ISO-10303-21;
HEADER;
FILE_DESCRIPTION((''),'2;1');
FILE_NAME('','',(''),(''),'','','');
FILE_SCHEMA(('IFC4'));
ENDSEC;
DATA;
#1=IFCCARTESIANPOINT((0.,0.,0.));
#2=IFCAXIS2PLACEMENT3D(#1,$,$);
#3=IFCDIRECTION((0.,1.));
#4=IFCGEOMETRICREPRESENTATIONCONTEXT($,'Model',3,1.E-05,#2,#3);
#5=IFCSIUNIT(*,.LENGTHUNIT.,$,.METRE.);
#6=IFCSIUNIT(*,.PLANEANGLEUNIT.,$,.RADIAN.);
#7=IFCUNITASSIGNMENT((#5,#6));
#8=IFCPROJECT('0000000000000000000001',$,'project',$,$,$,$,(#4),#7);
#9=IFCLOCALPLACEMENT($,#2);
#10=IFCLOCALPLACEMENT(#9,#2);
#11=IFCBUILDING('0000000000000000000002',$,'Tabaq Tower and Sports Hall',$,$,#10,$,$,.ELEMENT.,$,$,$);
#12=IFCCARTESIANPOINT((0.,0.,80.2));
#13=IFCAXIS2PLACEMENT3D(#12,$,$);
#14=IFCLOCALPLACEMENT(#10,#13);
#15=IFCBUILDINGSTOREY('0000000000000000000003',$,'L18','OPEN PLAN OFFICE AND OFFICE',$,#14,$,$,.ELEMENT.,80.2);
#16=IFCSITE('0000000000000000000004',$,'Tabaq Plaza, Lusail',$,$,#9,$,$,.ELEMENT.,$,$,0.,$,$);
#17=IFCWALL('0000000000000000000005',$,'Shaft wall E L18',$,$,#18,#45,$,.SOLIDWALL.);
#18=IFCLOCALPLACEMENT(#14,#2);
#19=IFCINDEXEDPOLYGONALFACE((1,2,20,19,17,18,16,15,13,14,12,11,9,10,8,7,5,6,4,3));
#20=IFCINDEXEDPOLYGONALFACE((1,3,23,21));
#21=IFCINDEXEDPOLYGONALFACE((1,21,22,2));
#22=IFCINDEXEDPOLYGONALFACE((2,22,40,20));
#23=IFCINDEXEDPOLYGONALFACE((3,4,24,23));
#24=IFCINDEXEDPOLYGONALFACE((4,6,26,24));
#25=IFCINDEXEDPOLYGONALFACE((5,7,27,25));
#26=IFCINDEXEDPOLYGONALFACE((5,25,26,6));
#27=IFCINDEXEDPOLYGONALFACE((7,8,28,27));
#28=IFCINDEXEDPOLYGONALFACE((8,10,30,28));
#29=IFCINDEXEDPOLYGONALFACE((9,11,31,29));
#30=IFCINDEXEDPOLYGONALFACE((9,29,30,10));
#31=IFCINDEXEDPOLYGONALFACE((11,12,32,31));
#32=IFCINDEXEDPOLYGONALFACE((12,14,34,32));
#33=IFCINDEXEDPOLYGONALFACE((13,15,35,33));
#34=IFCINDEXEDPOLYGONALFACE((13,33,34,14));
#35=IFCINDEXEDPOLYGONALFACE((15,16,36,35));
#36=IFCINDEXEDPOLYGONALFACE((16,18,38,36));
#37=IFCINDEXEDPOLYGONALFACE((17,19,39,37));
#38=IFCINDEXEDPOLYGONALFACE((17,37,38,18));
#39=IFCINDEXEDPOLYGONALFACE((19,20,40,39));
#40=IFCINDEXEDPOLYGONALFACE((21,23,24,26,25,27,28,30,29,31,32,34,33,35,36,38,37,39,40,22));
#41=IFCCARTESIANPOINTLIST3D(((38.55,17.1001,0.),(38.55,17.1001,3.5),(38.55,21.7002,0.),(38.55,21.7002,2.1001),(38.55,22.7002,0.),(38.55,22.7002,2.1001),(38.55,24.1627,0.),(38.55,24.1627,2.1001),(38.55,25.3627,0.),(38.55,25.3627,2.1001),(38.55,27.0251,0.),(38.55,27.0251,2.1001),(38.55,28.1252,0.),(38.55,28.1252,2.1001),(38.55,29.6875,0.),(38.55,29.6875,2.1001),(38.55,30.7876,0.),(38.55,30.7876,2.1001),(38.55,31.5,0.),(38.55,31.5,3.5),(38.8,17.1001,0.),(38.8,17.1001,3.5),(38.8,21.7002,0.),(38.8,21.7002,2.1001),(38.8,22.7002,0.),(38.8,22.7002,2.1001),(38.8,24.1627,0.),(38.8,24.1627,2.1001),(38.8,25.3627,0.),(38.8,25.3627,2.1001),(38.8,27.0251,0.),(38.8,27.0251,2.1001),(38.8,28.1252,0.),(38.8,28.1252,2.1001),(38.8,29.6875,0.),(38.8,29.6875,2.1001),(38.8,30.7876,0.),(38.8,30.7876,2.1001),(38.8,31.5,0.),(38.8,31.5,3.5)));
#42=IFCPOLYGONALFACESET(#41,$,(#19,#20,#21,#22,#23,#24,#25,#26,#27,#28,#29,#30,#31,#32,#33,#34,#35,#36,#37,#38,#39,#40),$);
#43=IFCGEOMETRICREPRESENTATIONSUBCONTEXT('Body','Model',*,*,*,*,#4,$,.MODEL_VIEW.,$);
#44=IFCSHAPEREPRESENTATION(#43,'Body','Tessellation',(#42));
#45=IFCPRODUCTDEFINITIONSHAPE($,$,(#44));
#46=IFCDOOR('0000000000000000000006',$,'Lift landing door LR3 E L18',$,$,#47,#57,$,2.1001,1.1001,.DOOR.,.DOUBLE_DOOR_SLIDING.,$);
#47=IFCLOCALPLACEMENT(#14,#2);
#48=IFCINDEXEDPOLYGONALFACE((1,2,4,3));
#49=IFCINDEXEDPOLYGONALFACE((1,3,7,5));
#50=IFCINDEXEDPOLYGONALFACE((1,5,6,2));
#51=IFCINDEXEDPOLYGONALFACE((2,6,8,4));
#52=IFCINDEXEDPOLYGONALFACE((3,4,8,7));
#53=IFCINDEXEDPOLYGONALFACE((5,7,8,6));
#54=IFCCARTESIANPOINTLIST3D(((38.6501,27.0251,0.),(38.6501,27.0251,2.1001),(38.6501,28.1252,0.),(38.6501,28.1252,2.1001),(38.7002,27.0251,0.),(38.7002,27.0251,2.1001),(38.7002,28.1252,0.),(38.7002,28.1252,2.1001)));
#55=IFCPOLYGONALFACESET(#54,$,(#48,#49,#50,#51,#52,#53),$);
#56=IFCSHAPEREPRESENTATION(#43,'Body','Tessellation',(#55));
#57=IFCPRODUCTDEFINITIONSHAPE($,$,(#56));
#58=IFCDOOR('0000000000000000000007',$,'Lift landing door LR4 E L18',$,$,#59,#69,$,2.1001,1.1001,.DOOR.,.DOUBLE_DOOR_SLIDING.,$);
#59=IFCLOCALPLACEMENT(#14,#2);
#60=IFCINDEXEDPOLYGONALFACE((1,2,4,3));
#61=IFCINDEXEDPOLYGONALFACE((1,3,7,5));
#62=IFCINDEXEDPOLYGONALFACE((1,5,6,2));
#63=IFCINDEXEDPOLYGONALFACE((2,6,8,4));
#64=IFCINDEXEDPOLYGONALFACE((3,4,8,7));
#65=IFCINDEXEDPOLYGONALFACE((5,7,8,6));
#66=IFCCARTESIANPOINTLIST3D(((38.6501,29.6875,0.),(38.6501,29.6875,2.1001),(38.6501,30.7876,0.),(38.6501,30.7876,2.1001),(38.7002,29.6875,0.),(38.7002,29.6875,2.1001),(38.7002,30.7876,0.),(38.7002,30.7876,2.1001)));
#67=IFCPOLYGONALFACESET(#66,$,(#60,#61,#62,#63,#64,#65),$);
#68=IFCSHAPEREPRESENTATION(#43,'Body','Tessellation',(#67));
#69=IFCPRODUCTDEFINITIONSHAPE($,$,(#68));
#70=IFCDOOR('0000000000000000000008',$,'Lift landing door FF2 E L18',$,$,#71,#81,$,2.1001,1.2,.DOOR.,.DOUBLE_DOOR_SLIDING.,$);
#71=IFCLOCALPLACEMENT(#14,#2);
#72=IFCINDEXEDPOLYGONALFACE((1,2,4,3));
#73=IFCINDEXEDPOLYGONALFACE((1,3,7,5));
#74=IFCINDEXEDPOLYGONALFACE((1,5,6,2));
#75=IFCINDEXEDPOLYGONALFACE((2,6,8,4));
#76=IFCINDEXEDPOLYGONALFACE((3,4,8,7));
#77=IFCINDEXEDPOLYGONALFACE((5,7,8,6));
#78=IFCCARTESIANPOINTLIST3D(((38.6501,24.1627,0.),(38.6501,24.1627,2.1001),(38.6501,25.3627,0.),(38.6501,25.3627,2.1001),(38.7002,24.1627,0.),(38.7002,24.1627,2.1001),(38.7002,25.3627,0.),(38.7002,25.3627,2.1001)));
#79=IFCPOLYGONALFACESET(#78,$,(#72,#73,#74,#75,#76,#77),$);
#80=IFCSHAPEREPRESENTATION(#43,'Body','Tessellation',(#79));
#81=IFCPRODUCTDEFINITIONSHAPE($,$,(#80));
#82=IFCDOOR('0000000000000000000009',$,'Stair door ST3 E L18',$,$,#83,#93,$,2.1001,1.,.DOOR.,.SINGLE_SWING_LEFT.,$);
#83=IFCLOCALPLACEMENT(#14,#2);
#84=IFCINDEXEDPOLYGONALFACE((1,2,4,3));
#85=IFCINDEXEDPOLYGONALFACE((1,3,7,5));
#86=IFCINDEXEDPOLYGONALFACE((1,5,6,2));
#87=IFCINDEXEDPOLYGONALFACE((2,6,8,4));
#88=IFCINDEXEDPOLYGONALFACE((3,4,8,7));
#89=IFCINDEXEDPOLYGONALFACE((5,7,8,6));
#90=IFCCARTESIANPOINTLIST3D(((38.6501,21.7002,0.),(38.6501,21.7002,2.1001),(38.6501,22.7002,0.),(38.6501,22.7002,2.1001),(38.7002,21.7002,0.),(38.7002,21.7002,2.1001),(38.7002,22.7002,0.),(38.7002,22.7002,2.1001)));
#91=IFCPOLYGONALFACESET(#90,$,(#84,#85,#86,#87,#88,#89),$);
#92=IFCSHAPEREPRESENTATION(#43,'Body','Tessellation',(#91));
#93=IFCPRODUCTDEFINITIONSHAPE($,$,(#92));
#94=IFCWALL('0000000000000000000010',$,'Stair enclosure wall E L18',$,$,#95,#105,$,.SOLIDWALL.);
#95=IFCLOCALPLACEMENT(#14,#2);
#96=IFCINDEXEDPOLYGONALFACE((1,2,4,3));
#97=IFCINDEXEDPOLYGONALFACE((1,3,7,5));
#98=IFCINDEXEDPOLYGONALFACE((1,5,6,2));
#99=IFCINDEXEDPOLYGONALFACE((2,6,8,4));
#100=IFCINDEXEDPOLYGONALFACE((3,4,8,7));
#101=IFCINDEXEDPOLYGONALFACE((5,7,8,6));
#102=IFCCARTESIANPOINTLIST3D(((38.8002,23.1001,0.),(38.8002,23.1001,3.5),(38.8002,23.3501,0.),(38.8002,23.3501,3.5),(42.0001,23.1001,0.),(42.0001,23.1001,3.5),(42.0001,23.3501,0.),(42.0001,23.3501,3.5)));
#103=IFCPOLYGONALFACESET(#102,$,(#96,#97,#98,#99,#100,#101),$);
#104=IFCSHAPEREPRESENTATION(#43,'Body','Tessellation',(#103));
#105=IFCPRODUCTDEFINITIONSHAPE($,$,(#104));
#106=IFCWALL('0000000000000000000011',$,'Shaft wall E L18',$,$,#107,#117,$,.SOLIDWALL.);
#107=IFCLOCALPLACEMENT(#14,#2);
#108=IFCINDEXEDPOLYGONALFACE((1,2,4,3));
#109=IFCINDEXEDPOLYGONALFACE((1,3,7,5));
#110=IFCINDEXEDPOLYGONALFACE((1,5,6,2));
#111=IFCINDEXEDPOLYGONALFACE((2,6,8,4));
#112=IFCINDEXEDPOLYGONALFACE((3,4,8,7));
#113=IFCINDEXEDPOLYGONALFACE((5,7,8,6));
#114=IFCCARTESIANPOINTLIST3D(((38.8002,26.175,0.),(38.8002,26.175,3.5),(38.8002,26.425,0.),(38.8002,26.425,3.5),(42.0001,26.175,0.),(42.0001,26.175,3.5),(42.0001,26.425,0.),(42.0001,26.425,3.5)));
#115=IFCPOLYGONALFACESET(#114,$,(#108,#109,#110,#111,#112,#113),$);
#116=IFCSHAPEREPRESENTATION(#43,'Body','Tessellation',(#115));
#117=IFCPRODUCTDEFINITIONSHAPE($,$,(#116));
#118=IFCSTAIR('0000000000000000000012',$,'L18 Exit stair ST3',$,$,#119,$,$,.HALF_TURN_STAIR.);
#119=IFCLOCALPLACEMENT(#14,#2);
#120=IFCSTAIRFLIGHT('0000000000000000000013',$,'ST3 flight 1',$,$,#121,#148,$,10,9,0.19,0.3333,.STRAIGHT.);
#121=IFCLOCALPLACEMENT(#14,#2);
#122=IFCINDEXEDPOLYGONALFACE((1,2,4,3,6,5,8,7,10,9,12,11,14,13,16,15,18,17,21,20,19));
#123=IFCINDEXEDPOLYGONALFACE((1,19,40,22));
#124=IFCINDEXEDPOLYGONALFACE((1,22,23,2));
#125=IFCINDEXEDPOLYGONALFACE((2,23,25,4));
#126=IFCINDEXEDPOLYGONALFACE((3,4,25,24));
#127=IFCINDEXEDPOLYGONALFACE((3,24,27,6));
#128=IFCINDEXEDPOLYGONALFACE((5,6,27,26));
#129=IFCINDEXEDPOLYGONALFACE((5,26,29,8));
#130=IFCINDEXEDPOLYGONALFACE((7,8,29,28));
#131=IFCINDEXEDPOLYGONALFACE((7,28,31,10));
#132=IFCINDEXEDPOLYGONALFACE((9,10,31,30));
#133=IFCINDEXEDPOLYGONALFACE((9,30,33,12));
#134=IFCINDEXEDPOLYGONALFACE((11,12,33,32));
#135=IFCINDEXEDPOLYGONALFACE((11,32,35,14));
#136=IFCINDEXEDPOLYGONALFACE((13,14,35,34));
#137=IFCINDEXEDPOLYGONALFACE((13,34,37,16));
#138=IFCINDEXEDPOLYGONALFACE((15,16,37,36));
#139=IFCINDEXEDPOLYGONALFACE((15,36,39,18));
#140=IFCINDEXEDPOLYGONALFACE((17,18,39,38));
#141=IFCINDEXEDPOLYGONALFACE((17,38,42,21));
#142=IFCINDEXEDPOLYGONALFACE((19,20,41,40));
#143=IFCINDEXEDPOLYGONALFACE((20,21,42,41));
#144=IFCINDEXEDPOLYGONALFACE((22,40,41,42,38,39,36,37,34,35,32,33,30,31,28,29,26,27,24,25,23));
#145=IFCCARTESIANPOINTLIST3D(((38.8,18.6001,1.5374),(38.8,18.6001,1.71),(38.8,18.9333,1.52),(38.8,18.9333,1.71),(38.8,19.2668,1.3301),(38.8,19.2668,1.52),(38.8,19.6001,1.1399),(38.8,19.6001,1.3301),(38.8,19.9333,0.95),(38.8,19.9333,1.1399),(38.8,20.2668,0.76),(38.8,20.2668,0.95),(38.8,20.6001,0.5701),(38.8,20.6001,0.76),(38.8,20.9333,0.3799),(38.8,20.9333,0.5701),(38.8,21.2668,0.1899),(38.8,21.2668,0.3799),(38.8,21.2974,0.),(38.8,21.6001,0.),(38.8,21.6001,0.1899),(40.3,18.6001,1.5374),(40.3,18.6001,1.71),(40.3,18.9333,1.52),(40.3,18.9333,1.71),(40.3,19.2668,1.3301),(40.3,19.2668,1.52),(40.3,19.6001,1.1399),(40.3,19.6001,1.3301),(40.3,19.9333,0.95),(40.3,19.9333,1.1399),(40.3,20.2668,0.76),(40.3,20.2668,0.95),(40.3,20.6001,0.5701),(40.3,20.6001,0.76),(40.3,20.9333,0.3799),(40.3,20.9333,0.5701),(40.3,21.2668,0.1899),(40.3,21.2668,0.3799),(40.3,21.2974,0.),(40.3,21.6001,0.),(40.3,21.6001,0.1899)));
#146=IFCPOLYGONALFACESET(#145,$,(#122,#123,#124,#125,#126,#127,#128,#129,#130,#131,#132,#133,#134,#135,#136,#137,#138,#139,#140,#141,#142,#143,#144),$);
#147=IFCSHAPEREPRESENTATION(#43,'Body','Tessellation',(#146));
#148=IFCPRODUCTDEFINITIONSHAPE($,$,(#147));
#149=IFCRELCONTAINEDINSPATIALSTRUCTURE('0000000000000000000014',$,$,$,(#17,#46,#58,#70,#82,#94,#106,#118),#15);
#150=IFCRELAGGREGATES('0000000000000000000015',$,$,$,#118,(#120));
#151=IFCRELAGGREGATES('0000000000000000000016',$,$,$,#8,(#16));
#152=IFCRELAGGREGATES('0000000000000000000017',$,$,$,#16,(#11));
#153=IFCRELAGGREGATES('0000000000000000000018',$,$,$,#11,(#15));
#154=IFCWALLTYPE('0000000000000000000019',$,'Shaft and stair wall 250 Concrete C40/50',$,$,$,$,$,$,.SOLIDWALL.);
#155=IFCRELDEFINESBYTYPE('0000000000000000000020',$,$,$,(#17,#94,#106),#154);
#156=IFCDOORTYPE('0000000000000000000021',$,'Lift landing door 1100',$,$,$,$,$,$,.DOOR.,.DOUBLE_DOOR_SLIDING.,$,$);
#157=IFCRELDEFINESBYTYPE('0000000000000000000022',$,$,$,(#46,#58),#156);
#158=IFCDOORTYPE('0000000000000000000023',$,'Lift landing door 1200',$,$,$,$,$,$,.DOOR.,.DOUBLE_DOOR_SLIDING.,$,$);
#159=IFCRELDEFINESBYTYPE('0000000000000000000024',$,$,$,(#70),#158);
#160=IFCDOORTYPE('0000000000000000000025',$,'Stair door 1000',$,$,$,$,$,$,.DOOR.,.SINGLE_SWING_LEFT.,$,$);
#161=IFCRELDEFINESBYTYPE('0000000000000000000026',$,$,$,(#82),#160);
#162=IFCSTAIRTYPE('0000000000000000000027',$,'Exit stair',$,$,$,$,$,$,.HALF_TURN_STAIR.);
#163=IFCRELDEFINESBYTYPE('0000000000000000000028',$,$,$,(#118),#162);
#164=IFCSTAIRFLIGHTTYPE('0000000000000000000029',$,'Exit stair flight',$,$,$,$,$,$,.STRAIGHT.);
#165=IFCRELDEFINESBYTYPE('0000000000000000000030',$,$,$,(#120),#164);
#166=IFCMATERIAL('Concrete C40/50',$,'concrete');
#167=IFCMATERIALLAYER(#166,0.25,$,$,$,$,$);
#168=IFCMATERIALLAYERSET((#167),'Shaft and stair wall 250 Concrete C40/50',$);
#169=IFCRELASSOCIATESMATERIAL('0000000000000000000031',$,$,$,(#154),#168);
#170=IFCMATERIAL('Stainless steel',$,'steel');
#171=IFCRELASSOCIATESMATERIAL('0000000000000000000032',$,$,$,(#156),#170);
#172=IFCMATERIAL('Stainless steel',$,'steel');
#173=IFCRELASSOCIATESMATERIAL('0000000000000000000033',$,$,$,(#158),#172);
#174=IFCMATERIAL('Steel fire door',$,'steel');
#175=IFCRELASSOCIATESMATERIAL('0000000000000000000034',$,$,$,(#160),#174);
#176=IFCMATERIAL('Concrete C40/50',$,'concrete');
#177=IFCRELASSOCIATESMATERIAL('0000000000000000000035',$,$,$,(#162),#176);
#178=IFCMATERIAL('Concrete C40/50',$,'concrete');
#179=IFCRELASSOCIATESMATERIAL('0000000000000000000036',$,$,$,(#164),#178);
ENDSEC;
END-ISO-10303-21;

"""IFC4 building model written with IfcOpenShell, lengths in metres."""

from ifc_helpers import new_model, si_unit, direction, frame, frame_2d, origin, place, context, subcontext, project, spatial, polyline, rectangle, outline, extrude, material, layer, layer_set, type_object, element, fill, aggregate, save


model = new_model("IFC4")

# Units and contexts
model_context = context("Model", 3, precision=1e-05, world=origin(), true_north=direction((0.0, 1.0)))
body_context = subcontext(model_context, "Body", "Model", "MODEL_VIEW")
ifc_project = project(units=[si_unit("LENGTHUNIT", "METRE"), si_unit("PLANEANGLEUNIT", "RADIAN")], contexts=[model_context])

# Site, building, storey
site_placement = place(None, origin())
site = spatial("IfcSite", under=ifc_project, at=site_placement, Name="Tabaq Plaza, Lusail", CompositionType="ELEMENT", RefElevation=0.0)
building_placement = place(site_placement, origin())
building = spatial("IfcBuilding", under=site, at=building_placement, Name="Tabaq Tower and Sports Hall", CompositionType="ELEMENT")
storey_placement = place(building_placement, frame((0.0, 0.0, 80.2)))
storey = spatial("IfcBuildingStorey", under=building, at=storey_placement, Name="L18", Description="OPEN PLAN OFFICE AND OFFICE", CompositionType="ELEMENT", Elevation=80.2)

# Wall, openings, doors
ifc_material_1 = material(Name="Concrete C40/50", Category="concrete")
ifc_layer_1 = layer(ifc_material_1, 0.25)
ifc_layer_set_1 = layer_set([ifc_layer_1], Name="Shaft and stair wall 250 Concrete C40/50")
wall_type_1 = type_object("IfcWallType", Name="Shaft and stair wall 250 Concrete C40/50", PredefinedType="SOLIDWALL", material=ifc_layer_set_1)
wall_1_placement = place(storey_placement, frame((38.675, 17.1001, 0.0), z_axis=(0.0, 0.0, 1.0), x_axis=(0.0, 1.0, 0.0)))
wall_1 = element("IfcWall", 1, at=wall_1_placement, inside=storey, type_object=wall_type_1, Name="Shaft wall E L18", PredefinedType="SOLIDWALL", context=body_context, shape_type="SweptSolid", body=[
    extrude(rectangle(XDim=14.3999, YDim=0.25, at=frame_2d((7.2, 0.0))), origin(), (0.0, 0.0, 1.0), 3.5),
])
opening_1_placement = place(wall_1_placement, frame((4.6001, 0.0, 0.0)))
opening_1 = element("IfcOpeningElement", 2, at=opening_1_placement, cuts=wall_1, PredefinedType="OPENING", context=body_context, shape_type="SweptSolid", body=[
    extrude(rectangle(XDim=1.0, YDim=2.1001, at=frame_2d((0.5, 1.05))), frame((0.0, 0.125, 0.0), z_axis=(0.0, -1.0, 0.0), x_axis=(1.0, 0.0, 0.0)), (0.0, 0.0, 1.0), 0.25),
])
opening_2_placement = place(wall_1_placement, frame((7.0625, 0.0, 0.0)))
opening_2 = element("IfcOpeningElement", 3, at=opening_2_placement, cuts=wall_1, PredefinedType="OPENING", context=body_context, shape_type="SweptSolid", body=[
    extrude(rectangle(XDim=1.2, YDim=2.1001, at=frame_2d((0.6001, 1.05))), frame((0.0, 0.125, 0.0), z_axis=(0.0, -1.0, 0.0), x_axis=(1.0, 0.0, 0.0)), (0.0, 0.0, 1.0), 0.25),
])
opening_3_placement = place(wall_1_placement, frame((9.925, 0.0, 0.0)))
opening_3 = element("IfcOpeningElement", 4, at=opening_3_placement, cuts=wall_1, PredefinedType="OPENING", context=body_context, shape_type="SweptSolid", body=[
    extrude(rectangle(XDim=1.1001, YDim=2.1001, at=frame_2d((0.55, 1.05))), frame((0.0, 0.125, 0.0), z_axis=(0.0, -1.0, 0.0), x_axis=(1.0, 0.0, 0.0)), (0.0, 0.0, 1.0), 0.25),
])
opening_4_placement = place(wall_1_placement, frame((12.5874, 0.0, 0.0)))
opening_4 = element("IfcOpeningElement", 5, at=opening_4_placement, cuts=wall_1, PredefinedType="OPENING", context=body_context, shape_type="SweptSolid", body=[
    extrude(rectangle(XDim=1.1001, YDim=2.1001, at=frame_2d((0.55, 1.05))), frame((0.0, 0.125, 0.0), z_axis=(0.0, -1.0, 0.0), x_axis=(1.0, 0.0, 0.0)), (0.0, 0.0, 1.0), 0.25),
])
ifc_material_2 = material(Name="Stainless steel", Category="steel")
door_type_1 = type_object("IfcDoorType", Name="Lift landing door 1100", OperationType="DOUBLE_DOOR_SLIDING", PredefinedType="DOOR", material=ifc_material_2)
door_1_placement = place(opening_3_placement, origin())
door_1 = element("IfcDoor", 6, at=door_1_placement, inside=storey, type_object=door_type_1, Name="Lift landing door LR3 E L18", OperationType="DOUBLE_DOOR_SLIDING", OverallHeight=2.1001, OverallWidth=1.1001, PredefinedType="DOOR", context=body_context, shape_type="SweptSolid", body=[
    extrude(rectangle(XDim=1.1001, YDim=2.1001, at=frame_2d((0.55, 1.05))), frame((0.0, 0.0249, 0.0), z_axis=(0.0, -1.0, 0.0), x_axis=(1.0, 0.0, 0.0)), (0.0, 0.0, 1.0), 0.05),
])
fill(opening_3, door_1)
door_2_placement = place(opening_4_placement, origin())
door_2 = element("IfcDoor", 7, at=door_2_placement, inside=storey, type_object=door_type_1, Name="Lift landing door LR4 E L18", OperationType="DOUBLE_DOOR_SLIDING", OverallHeight=2.1001, OverallWidth=1.1001, PredefinedType="DOOR", context=body_context, shape_type="SweptSolid", body=[
    extrude(rectangle(XDim=1.1001, YDim=2.1001, at=frame_2d((0.55, 1.05))), frame((0.0, 0.0249, 0.0), z_axis=(0.0, -1.0, 0.0), x_axis=(1.0, 0.0, 0.0)), (0.0, 0.0, 1.0), 0.05),
])
fill(opening_4, door_2)
ifc_material_3 = material(Name="Stainless steel", Category="steel")
door_type_2 = type_object("IfcDoorType", Name="Lift landing door 1200", OperationType="DOUBLE_DOOR_SLIDING", PredefinedType="DOOR", material=ifc_material_3)
door_3_placement = place(opening_2_placement, origin())
door_3 = element("IfcDoor", 8, at=door_3_placement, inside=storey, type_object=door_type_2, Name="Lift landing door FF2 E L18", OperationType="DOUBLE_DOOR_SLIDING", OverallHeight=2.1001, OverallWidth=1.2, PredefinedType="DOOR", context=body_context, shape_type="SweptSolid", body=[
    extrude(rectangle(XDim=1.2, YDim=2.1001, at=frame_2d((0.6001, 1.05))), frame((0.0, 0.0249, 0.0), z_axis=(0.0, -1.0, 0.0), x_axis=(1.0, 0.0, 0.0)), (0.0, 0.0, 1.0), 0.05),
])
fill(opening_2, door_3)
ifc_material_4 = material(Name="Steel fire door", Category="steel")
door_type_3 = type_object("IfcDoorType", Name="Stair door 1000", OperationType="SINGLE_SWING_LEFT", PredefinedType="DOOR", material=ifc_material_4)
door_4_placement = place(opening_1_placement, origin())
door_4 = element("IfcDoor", 9, at=door_4_placement, inside=storey, type_object=door_type_3, Name="Stair door ST3 E L18", OperationType="SINGLE_SWING_LEFT", OverallHeight=2.1001, OverallWidth=1.0, PredefinedType="DOOR", context=body_context, shape_type="SweptSolid", body=[
    extrude(rectangle(XDim=1.0, YDim=2.1001, at=frame_2d((0.5, 1.05))), frame((0.0, 0.0249, 0.0), z_axis=(0.0, -1.0, 0.0), x_axis=(1.0, 0.0, 0.0)), (0.0, 0.0, 1.0), 0.05),
])
fill(opening_1, door_4)

# Walls
for number, where, z_axis, x_axis, name in (
    (10, (38.8, 23.2251, 0.0), (0.0, 0.0, 1.0), (1.0, 0.0, 0.0), "Stair enclosure wall E L18"),
    (11, (38.8, 26.3, 0.0), (0.0, 0.0, 1.0), (1.0, 0.0, 0.0), "Shaft wall E L18"),
):
    element("IfcWall", number, at=place(storey_placement, frame(where, z_axis=z_axis, x_axis=x_axis)), inside=storey, type_object=wall_type_1, Name=name, PredefinedType="SOLIDWALL", context=body_context, shape_type="SweptSolid", body=[
        extrude(rectangle(XDim=3.2, YDim=0.25, at=frame_2d((1.6001, 0.0))), origin(), (0.0, 0.0, 1.0), 3.5),
    ])

# Stair, stair flight
ifc_material_5 = material(Name="Concrete C40/50", Category="concrete")
stair_type = type_object("IfcStairType", Name="Exit stair", PredefinedType="HALF_TURN_STAIR", material=ifc_material_5)
stair_placement = place(storey_placement, origin())
stair = element("IfcStair", 12, at=stair_placement, inside=storey, type_object=stair_type, Name="L18 Exit stair ST3", PredefinedType="HALF_TURN_STAIR")
ifc_material_6 = material(Name="Concrete C40/50", Category="concrete")
stair_flight_type = type_object("IfcStairFlightType", Name="Exit stair flight", PredefinedType="STRAIGHT", material=ifc_material_6)
stair_flight_1_placement = place(storey_placement, frame((39.55, 21.6001, 0.0), z_axis=(0.0, 0.0, 1.0), x_axis=(0.0, -1.0, 0.0)))
stair_flight_1 = element("IfcStairFlight", 13, at=stair_flight_1_placement, type_object=stair_flight_type, Name="ST3 flight 1", NumberOfRisers=10, NumberOfTreads=9, PredefinedType="STRAIGHT", RiserHeight=0.19, TreadLength=0.3333, context=body_context, shape_type="SweptSolid", body=[
    extrude(outline(polyline([(0.0, 0.0), (0.0, 0.1899), (0.3333, 0.1899), (0.3333, 0.3799), (0.6667, 0.3799), (0.6667, 0.5701), (1.0, 0.5701), (1.0, 0.76), (1.3333, 0.76), (1.3333, 0.95), (1.6667, 0.95), (1.6667, 1.1399), (2.0, 1.1399), (2.0, 1.3301), (2.3333, 1.3301), (2.3333, 1.52), (2.6667, 1.52), (2.6667, 1.71), (3.0, 1.71), (3.0, 1.8999), (3.0, 1.5374), (0.3027, 0.0), (0.0, 0.0)])), frame((0.0, 0.75, 0.0), z_axis=(0.0, -1.0, 0.0), x_axis=(1.0, 0.0, 0.0)), (0.0, 0.0, 1.0), 1.5),
])
aggregate(stair, [stair_flight_1])

save(model, "model.ifc")
